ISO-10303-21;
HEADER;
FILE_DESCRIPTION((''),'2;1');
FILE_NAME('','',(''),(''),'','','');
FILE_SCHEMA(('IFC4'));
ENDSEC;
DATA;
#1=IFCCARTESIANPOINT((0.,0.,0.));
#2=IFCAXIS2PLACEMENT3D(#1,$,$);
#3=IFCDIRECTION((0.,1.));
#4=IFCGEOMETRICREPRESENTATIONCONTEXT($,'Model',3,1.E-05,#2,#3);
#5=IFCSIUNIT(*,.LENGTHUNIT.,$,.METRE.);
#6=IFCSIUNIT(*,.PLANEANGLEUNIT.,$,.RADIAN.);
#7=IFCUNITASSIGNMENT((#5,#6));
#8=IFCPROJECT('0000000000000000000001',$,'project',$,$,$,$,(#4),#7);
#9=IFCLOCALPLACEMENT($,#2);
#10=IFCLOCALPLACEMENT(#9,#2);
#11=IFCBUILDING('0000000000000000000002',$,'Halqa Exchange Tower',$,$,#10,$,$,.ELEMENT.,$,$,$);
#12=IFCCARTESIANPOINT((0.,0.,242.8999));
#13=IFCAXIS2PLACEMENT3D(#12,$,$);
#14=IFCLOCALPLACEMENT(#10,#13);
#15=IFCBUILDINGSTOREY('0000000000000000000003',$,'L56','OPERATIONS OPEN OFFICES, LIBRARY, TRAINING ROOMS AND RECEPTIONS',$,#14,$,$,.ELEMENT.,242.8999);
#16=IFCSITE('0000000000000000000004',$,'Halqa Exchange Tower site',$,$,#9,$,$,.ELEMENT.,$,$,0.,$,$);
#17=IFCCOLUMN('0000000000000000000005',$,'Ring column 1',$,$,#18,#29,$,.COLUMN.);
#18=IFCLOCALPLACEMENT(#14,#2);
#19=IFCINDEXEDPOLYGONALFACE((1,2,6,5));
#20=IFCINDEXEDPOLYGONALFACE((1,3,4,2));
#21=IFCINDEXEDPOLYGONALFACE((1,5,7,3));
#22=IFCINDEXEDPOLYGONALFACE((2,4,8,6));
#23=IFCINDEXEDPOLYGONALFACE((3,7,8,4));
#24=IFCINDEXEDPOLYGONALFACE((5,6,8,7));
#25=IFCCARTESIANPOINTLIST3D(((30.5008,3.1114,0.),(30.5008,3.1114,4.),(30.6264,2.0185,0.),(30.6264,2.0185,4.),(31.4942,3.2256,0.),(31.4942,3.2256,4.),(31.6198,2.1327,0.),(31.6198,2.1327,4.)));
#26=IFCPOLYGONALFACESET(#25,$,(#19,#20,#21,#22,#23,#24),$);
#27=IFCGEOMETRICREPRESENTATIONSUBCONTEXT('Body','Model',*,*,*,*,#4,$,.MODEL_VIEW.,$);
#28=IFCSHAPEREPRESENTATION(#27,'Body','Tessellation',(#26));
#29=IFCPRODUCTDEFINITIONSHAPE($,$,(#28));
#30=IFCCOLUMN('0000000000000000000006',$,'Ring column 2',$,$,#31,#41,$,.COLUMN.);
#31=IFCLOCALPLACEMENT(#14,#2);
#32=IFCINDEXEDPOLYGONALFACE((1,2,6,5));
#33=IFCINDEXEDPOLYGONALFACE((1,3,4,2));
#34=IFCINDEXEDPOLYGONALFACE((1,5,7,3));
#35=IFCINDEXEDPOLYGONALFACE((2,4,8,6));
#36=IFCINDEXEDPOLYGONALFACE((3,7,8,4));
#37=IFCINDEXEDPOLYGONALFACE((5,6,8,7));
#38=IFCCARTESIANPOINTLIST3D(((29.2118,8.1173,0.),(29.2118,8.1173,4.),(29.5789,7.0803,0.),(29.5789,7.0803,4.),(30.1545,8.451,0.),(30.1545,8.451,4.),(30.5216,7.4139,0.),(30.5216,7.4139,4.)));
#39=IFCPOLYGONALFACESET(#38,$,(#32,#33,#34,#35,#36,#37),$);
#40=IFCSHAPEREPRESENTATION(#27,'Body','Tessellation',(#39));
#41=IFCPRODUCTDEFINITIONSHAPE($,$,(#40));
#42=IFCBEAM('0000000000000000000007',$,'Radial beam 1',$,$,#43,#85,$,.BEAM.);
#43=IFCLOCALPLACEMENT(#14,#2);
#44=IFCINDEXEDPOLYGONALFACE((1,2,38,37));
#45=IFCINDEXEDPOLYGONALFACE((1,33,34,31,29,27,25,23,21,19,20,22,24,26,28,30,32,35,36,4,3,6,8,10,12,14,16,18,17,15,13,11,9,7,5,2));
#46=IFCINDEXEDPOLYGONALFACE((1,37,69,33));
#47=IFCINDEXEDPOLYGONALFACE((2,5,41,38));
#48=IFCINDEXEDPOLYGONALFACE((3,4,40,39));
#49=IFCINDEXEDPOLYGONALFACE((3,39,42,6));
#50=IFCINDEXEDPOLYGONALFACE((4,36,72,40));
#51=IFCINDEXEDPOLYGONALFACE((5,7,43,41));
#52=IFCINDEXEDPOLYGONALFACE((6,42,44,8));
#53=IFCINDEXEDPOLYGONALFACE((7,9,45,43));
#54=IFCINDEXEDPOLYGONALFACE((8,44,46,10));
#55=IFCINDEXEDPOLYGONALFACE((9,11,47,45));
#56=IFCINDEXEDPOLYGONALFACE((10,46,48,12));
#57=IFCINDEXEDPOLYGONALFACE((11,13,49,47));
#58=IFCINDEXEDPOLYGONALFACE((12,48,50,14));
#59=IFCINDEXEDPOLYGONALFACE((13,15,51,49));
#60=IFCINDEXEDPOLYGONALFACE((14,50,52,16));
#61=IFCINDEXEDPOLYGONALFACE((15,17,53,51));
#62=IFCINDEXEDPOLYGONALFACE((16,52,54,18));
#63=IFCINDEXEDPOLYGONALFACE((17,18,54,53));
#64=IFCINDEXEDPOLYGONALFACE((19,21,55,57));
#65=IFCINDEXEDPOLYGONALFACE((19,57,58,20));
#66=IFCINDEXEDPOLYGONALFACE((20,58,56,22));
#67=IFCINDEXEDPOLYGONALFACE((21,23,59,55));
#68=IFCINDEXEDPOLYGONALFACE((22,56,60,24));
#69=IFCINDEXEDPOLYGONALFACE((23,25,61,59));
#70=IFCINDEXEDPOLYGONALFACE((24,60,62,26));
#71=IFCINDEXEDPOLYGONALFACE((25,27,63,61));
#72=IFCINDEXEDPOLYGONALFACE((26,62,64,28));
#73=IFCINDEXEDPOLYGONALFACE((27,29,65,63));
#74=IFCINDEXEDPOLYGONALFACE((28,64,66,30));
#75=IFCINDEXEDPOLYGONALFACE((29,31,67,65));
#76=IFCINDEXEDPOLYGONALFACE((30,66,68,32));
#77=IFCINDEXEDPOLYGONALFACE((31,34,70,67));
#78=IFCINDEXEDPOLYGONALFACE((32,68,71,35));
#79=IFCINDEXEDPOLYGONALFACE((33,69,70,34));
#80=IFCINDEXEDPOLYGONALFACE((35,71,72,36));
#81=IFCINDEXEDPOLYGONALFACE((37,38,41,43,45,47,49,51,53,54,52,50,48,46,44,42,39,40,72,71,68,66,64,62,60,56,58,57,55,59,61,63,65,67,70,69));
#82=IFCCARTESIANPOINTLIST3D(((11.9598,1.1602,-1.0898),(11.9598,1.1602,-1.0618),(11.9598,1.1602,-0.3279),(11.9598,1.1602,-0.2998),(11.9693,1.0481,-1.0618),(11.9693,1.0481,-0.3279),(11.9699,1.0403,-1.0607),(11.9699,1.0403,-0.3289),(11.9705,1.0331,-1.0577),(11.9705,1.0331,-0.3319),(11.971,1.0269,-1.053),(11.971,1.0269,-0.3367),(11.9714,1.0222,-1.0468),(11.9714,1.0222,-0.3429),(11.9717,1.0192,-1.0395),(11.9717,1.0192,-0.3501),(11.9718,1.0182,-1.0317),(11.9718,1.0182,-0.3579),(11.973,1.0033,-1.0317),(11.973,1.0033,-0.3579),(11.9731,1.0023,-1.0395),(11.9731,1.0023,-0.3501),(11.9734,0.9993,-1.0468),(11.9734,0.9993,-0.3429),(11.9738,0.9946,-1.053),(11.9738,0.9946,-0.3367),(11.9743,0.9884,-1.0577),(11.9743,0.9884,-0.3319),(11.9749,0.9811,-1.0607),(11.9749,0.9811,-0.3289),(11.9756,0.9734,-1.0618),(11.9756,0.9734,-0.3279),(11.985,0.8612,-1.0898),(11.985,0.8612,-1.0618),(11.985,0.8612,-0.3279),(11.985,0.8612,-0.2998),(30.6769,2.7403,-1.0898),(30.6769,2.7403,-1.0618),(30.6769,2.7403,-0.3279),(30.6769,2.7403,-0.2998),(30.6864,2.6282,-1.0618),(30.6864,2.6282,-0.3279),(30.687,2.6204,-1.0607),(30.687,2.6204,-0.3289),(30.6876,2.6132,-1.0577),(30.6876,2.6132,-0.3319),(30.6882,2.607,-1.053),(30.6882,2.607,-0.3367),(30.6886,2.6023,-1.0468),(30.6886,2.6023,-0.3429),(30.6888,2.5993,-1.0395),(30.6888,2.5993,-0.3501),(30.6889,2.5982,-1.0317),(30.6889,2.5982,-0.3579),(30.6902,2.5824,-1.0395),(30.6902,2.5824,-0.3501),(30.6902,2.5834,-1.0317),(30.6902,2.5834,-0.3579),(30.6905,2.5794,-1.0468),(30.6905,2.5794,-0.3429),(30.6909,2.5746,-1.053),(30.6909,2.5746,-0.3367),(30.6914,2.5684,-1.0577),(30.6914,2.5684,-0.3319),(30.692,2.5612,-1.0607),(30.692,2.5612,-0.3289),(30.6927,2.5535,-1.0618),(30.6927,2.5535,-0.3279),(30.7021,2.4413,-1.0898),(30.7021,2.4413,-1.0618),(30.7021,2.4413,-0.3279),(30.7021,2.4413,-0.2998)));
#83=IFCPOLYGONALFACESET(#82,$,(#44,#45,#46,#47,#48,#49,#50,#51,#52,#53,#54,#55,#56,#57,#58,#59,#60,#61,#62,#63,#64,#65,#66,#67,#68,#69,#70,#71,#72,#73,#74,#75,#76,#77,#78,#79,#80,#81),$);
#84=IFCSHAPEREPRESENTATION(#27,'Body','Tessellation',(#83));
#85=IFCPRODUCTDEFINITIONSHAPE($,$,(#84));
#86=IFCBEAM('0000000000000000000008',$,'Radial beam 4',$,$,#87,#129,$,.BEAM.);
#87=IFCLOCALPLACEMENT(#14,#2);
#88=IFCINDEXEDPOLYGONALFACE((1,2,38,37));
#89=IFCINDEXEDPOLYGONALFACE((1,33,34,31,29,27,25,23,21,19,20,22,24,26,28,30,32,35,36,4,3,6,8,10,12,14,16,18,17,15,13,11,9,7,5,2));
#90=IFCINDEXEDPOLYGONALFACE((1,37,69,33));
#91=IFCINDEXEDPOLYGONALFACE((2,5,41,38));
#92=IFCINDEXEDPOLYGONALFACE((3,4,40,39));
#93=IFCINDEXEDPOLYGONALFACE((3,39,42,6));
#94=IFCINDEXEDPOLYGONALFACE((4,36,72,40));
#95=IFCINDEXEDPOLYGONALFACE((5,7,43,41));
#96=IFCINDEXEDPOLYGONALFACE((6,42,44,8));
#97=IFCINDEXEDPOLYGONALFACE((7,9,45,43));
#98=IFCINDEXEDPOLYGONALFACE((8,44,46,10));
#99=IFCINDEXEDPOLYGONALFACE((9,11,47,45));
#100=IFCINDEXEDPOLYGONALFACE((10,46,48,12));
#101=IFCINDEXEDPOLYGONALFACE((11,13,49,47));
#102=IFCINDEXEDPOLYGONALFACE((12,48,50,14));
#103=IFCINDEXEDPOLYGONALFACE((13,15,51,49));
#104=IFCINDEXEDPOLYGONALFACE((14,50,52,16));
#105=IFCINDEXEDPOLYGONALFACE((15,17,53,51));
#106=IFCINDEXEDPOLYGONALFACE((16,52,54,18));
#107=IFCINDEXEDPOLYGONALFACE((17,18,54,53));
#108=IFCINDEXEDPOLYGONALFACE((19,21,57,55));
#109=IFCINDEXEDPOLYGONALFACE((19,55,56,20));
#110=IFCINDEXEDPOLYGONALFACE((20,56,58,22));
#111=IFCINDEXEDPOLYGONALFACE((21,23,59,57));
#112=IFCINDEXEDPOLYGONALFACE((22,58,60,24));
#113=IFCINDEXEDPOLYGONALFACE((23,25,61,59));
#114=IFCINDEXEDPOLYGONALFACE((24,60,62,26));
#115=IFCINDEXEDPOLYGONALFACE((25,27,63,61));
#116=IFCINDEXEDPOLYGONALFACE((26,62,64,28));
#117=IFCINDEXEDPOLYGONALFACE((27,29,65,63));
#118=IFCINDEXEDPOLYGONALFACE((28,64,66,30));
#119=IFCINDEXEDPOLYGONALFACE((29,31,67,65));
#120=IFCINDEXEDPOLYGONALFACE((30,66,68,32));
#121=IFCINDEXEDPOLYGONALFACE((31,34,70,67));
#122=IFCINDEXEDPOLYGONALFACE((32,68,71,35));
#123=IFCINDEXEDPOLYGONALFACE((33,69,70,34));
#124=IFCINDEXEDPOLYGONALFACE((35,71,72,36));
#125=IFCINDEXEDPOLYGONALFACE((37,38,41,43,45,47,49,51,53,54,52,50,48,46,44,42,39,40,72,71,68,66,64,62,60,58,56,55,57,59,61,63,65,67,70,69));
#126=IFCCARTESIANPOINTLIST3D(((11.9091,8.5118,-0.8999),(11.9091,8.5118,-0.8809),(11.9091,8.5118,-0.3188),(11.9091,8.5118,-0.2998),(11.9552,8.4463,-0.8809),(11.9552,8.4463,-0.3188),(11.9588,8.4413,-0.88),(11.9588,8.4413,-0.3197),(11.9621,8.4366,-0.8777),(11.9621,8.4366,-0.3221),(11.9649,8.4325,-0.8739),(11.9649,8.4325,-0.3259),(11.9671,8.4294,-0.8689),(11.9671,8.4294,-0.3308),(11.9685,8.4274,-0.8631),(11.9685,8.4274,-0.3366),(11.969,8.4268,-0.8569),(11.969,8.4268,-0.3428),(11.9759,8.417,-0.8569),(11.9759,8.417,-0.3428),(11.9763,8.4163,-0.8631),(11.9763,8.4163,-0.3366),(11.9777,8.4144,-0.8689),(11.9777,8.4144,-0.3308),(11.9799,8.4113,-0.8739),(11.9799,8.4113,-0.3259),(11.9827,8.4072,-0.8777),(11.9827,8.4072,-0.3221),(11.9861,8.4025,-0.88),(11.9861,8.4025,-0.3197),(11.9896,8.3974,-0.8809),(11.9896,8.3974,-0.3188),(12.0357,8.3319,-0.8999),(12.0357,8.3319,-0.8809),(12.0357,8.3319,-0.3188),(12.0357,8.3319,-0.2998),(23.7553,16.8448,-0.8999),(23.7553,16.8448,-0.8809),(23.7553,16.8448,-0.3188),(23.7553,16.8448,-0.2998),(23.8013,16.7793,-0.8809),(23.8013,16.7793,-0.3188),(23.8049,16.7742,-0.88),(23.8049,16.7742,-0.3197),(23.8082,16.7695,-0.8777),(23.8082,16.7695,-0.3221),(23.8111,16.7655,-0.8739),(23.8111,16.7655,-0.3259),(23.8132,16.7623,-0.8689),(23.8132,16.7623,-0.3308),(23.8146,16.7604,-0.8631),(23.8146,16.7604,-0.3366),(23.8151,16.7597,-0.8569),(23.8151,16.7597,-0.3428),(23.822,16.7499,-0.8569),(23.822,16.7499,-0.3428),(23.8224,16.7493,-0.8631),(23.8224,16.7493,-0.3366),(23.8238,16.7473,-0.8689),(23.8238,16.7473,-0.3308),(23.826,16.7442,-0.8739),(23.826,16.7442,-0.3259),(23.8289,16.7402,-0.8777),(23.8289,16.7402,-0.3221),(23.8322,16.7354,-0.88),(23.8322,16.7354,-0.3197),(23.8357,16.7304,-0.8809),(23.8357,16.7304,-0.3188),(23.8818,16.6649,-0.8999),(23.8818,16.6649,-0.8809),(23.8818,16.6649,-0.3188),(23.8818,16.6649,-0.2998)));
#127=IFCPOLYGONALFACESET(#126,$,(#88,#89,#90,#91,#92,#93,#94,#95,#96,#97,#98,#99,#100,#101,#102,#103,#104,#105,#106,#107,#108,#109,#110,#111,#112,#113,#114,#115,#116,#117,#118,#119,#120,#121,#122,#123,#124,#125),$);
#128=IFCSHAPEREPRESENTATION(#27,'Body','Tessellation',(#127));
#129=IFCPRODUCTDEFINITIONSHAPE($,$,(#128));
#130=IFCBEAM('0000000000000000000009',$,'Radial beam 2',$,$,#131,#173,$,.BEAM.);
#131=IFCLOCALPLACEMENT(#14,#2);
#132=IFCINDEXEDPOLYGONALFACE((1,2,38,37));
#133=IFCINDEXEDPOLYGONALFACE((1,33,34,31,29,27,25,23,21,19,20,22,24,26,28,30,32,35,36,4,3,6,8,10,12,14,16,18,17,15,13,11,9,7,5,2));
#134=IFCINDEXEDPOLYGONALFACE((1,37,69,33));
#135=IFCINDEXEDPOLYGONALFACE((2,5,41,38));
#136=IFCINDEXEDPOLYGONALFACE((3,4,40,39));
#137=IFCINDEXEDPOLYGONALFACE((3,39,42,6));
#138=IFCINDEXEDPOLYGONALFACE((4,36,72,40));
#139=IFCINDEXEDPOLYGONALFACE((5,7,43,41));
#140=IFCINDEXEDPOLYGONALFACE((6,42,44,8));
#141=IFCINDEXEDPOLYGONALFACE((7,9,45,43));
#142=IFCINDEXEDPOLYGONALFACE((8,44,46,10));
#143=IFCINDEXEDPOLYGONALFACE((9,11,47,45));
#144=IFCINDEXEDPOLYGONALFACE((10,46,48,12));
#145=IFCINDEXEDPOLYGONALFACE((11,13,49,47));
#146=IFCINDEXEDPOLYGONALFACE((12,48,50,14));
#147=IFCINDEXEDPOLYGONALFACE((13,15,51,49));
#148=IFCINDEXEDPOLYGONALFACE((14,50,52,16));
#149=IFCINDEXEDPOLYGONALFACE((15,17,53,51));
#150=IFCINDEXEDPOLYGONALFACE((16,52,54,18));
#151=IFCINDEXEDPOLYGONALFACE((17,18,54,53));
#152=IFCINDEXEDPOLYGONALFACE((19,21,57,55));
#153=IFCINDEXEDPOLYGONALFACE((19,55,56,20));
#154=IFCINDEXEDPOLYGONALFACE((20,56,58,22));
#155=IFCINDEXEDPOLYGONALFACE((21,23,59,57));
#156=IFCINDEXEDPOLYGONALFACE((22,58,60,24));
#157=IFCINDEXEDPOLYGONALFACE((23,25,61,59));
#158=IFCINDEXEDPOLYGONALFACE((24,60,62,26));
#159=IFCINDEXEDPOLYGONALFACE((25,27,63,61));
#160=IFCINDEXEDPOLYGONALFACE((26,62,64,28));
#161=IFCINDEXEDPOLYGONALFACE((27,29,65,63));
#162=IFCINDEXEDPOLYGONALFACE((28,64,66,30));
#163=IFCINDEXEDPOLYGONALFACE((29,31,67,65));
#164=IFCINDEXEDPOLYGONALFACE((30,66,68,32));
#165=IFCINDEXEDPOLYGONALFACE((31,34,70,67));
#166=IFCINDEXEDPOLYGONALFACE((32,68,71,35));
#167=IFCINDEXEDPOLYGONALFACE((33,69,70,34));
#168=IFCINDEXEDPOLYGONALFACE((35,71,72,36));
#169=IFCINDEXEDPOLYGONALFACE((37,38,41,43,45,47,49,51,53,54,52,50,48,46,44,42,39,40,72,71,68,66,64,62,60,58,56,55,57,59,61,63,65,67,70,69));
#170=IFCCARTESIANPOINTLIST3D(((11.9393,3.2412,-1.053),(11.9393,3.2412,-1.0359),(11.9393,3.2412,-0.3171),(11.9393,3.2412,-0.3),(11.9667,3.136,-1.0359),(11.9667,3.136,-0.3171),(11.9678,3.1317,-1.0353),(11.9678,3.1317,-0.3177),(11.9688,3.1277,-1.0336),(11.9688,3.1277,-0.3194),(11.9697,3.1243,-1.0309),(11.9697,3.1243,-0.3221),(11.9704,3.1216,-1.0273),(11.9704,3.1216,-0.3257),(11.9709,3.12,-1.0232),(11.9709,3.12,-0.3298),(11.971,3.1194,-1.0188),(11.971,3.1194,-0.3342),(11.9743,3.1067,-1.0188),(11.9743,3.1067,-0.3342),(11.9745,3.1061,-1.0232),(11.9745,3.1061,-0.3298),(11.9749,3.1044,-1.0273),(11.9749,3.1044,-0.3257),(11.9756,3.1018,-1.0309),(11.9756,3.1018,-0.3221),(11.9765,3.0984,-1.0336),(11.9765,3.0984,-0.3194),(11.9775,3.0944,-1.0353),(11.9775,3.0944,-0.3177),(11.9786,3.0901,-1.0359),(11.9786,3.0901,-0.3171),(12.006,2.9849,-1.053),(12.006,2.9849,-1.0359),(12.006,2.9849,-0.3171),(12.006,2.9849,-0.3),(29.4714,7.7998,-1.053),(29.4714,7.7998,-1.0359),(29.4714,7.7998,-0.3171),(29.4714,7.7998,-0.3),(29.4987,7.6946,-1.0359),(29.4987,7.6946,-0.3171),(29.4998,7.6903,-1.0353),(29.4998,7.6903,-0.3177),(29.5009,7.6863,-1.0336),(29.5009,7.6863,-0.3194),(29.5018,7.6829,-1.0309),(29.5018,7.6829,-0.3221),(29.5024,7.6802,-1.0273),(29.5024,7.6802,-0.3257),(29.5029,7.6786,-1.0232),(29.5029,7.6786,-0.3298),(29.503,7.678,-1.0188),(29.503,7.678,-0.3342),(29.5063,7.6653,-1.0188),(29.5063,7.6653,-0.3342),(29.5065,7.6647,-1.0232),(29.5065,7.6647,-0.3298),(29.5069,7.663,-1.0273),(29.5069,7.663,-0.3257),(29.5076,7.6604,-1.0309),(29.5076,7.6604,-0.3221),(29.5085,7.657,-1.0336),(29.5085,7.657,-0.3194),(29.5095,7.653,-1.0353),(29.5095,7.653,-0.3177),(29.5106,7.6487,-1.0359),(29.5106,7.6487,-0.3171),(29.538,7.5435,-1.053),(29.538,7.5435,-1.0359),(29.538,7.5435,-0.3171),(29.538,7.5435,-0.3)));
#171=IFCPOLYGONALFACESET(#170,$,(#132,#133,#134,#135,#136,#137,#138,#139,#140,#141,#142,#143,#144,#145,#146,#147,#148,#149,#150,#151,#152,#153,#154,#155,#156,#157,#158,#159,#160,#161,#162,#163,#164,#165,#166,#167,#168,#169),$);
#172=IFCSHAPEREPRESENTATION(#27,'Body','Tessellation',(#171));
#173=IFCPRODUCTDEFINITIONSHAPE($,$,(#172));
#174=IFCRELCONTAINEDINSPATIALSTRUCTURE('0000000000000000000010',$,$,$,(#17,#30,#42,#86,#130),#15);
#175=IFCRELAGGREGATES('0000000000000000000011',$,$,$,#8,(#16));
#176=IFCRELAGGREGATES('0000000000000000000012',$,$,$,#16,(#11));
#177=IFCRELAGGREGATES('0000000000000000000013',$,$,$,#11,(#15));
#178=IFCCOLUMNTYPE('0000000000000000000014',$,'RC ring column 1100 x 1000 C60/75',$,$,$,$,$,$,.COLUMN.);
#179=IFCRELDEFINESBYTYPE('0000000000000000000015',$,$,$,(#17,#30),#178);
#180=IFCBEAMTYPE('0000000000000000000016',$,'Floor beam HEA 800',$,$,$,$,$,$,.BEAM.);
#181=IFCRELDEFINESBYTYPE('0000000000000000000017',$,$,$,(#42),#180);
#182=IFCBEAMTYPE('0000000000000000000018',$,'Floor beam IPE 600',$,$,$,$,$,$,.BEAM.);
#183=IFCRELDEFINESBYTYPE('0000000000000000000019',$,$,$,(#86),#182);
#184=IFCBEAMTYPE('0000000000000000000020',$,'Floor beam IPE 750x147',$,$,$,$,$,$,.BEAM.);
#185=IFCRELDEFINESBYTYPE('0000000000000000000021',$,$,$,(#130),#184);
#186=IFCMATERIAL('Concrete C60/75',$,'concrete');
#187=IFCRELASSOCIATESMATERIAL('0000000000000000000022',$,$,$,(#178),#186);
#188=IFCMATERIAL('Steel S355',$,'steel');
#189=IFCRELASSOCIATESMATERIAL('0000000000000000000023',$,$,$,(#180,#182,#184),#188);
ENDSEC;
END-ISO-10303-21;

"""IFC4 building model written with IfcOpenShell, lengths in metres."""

from ifc_helpers import new_model, si_unit, direction, frame, origin, origin_2d, place, context, subcontext, project, spatial, rectangle, i_section, extrude, material, material_profile, profile_set, type_object, element, save


model = new_model("IFC4")

# Units and contexts
model_context = context("Model", 3, precision=1e-05, world=origin(), true_north=direction((0.0, 1.0)))
body_context = subcontext(model_context, "Body", "Model", "MODEL_VIEW")
ifc_project = project(units=[si_unit("LENGTHUNIT", "METRE"), si_unit("PLANEANGLEUNIT", "RADIAN")], contexts=[model_context])

# Site, building, storey
site_placement = place(None, origin())
site = spatial("IfcSite", under=ifc_project, at=site_placement, Name="Halqa Exchange Tower site", CompositionType="ELEMENT", RefElevation=0.0)
building_placement = place(site_placement, origin())
building = spatial("IfcBuilding", under=site, at=building_placement, Name="Halqa Exchange Tower", CompositionType="ELEMENT")
storey_placement = place(building_placement, frame((0.0, 0.0, 242.8999)))
storey = spatial("IfcBuildingStorey", under=building, at=storey_placement, Name="L56", Description="OPERATIONS OPEN OFFICES, LIBRARY, TRAINING ROOMS AND RECEPTIONS", CompositionType="ELEMENT", Elevation=242.8999)

# Columns
ifc_material_1 = material(Name="Concrete C60/75", Category="concrete")
ifc_material_profile_1 = material_profile(ifc_material_1, rectangle(XDim=1.1001, YDim=1.0, at=origin_2d()), Name="1100 x 1000")
ifc_profile_set_1 = profile_set([ifc_material_profile_1], Name="Concrete C60/75")
column_type = type_object("IfcColumnType", Name="RC ring column 1100 x 1000 C60/75", PredefinedType="COLUMN", material=ifc_profile_set_1)
for number, where, z_axis, x_axis, name in (
    (1, (31.0603, 2.6221, 0.0), (0.0, 0.0, 1.0), (-0.114153, 0.993463, 0.0), "Ring column 1"),
    (2, (29.8667, 7.7656, 0.0), (0.0, 0.0, 1.0), (-0.333624, 0.942706, 0.0), "Ring column 2"),
):
    element("IfcColumn", number, at=place(storey_placement, frame(where, z_axis=z_axis, x_axis=x_axis)), inside=storey, type_object=column_type, Name=name, PredefinedType="COLUMN", context=body_context, shape_type="SweptSolid", body=[
        extrude(rectangle(XDim=1.1001, YDim=1.0, at=origin_2d()), origin(), (0.0, 0.0, 1.0), 4.0),
    ])

# Beams
ifc_material_2 = material(Name="Steel S355", Category="steel")
ifc_material_profile_2 = material_profile(ifc_material_2, i_section(OverallWidth=0.3, OverallDepth=0.79, WebThickness=0.0149, FlangeThickness=0.0281, FilletRadius=0.03, at=origin_2d()), Name="HEA 800")
ifc_profile_set_2 = profile_set([ifc_material_profile_2], Name="Steel S355")
beam_type_1 = type_object("IfcBeamType", Name="Floor beam HEA 800", PredefinedType="BEAM", material=ifc_profile_set_2)
beam_1_placement = place(storey_placement, frame((11.9724, 1.0107, -0.6948), z_axis=(0.996456, 0.08412, 0.0), x_axis=(-0.08412, 0.996456, 0.0)))
element("IfcBeam", 3, at=beam_1_placement, inside=storey, type_object=beam_type_1, Name="Radial beam 1", PredefinedType="BEAM", context=body_context, shape_type="SweptSolid", body=[
    extrude(i_section(OverallWidth=0.3, OverallDepth=0.79, WebThickness=0.0149, FlangeThickness=0.0281, FilletRadius=0.03, at=origin_2d()), origin(), (0.0, 0.0, 1.0), 18.7837),
])
ifc_material_profile_3 = material_profile(ifc_material_2, i_section(OverallWidth=0.22, OverallDepth=0.6001, WebThickness=0.012, FlangeThickness=0.019, FilletRadius=0.0239, at=origin_2d()), Name="IPE 600")
ifc_profile_set_3 = profile_set([ifc_material_profile_3], Name="Steel S355")
beam_type_2 = type_object("IfcBeamType", Name="Floor beam IPE 600", PredefinedType="BEAM", material=ifc_profile_set_3)
beam_2_placement = place(storey_placement, frame((11.9724, 8.4219, -0.5999), z_axis=(0.81791, 0.575346, 0.0), x_axis=(-0.575346, 0.81791, 0.0)))
element("IfcBeam", 4, at=beam_2_placement, inside=storey, type_object=beam_type_2, Name="Radial beam 4", PredefinedType="BEAM", context=body_context, shape_type="SweptSolid", body=[
    extrude(i_section(OverallWidth=0.22, OverallDepth=0.6001, WebThickness=0.012, FlangeThickness=0.019, FilletRadius=0.0239, at=origin_2d()), origin(), (0.0, 0.0, 1.0), 14.4834),
])
ifc_material_profile_4 = material_profile(ifc_material_2, i_section(OverallWidth=0.2649, OverallDepth=0.7529, WebThickness=0.0132, FlangeThickness=0.0171, FilletRadius=0.0171, at=origin_2d()), Name="IPE 750x147")
ifc_profile_set_4 = profile_set([ifc_material_profile_4], Name="Steel S355")
beam_type_3 = type_object("IfcBeamType", Name="Floor beam IPE 750x147", PredefinedType="BEAM", material=ifc_profile_set_4)
beam_3_placement = place(storey_placement, frame((11.9727, 3.113, -0.6765), z_axis=(0.967819, 0.251648, 0.0), x_axis=(-0.251648, 0.967819, 0.0)))
element("IfcBeam", 5, at=beam_3_placement, inside=storey, type_object=beam_type_3, Name="Radial beam 2", PredefinedType="BEAM", context=body_context, shape_type="SweptSolid", body=[
    extrude(i_section(OverallWidth=0.2649, OverallDepth=0.7529, WebThickness=0.0132, FlangeThickness=0.0171, FilletRadius=0.0171, at=origin_2d()), origin(), (0.0, 0.0, 1.0), 18.115),
])

save(model, "model.ifc")
